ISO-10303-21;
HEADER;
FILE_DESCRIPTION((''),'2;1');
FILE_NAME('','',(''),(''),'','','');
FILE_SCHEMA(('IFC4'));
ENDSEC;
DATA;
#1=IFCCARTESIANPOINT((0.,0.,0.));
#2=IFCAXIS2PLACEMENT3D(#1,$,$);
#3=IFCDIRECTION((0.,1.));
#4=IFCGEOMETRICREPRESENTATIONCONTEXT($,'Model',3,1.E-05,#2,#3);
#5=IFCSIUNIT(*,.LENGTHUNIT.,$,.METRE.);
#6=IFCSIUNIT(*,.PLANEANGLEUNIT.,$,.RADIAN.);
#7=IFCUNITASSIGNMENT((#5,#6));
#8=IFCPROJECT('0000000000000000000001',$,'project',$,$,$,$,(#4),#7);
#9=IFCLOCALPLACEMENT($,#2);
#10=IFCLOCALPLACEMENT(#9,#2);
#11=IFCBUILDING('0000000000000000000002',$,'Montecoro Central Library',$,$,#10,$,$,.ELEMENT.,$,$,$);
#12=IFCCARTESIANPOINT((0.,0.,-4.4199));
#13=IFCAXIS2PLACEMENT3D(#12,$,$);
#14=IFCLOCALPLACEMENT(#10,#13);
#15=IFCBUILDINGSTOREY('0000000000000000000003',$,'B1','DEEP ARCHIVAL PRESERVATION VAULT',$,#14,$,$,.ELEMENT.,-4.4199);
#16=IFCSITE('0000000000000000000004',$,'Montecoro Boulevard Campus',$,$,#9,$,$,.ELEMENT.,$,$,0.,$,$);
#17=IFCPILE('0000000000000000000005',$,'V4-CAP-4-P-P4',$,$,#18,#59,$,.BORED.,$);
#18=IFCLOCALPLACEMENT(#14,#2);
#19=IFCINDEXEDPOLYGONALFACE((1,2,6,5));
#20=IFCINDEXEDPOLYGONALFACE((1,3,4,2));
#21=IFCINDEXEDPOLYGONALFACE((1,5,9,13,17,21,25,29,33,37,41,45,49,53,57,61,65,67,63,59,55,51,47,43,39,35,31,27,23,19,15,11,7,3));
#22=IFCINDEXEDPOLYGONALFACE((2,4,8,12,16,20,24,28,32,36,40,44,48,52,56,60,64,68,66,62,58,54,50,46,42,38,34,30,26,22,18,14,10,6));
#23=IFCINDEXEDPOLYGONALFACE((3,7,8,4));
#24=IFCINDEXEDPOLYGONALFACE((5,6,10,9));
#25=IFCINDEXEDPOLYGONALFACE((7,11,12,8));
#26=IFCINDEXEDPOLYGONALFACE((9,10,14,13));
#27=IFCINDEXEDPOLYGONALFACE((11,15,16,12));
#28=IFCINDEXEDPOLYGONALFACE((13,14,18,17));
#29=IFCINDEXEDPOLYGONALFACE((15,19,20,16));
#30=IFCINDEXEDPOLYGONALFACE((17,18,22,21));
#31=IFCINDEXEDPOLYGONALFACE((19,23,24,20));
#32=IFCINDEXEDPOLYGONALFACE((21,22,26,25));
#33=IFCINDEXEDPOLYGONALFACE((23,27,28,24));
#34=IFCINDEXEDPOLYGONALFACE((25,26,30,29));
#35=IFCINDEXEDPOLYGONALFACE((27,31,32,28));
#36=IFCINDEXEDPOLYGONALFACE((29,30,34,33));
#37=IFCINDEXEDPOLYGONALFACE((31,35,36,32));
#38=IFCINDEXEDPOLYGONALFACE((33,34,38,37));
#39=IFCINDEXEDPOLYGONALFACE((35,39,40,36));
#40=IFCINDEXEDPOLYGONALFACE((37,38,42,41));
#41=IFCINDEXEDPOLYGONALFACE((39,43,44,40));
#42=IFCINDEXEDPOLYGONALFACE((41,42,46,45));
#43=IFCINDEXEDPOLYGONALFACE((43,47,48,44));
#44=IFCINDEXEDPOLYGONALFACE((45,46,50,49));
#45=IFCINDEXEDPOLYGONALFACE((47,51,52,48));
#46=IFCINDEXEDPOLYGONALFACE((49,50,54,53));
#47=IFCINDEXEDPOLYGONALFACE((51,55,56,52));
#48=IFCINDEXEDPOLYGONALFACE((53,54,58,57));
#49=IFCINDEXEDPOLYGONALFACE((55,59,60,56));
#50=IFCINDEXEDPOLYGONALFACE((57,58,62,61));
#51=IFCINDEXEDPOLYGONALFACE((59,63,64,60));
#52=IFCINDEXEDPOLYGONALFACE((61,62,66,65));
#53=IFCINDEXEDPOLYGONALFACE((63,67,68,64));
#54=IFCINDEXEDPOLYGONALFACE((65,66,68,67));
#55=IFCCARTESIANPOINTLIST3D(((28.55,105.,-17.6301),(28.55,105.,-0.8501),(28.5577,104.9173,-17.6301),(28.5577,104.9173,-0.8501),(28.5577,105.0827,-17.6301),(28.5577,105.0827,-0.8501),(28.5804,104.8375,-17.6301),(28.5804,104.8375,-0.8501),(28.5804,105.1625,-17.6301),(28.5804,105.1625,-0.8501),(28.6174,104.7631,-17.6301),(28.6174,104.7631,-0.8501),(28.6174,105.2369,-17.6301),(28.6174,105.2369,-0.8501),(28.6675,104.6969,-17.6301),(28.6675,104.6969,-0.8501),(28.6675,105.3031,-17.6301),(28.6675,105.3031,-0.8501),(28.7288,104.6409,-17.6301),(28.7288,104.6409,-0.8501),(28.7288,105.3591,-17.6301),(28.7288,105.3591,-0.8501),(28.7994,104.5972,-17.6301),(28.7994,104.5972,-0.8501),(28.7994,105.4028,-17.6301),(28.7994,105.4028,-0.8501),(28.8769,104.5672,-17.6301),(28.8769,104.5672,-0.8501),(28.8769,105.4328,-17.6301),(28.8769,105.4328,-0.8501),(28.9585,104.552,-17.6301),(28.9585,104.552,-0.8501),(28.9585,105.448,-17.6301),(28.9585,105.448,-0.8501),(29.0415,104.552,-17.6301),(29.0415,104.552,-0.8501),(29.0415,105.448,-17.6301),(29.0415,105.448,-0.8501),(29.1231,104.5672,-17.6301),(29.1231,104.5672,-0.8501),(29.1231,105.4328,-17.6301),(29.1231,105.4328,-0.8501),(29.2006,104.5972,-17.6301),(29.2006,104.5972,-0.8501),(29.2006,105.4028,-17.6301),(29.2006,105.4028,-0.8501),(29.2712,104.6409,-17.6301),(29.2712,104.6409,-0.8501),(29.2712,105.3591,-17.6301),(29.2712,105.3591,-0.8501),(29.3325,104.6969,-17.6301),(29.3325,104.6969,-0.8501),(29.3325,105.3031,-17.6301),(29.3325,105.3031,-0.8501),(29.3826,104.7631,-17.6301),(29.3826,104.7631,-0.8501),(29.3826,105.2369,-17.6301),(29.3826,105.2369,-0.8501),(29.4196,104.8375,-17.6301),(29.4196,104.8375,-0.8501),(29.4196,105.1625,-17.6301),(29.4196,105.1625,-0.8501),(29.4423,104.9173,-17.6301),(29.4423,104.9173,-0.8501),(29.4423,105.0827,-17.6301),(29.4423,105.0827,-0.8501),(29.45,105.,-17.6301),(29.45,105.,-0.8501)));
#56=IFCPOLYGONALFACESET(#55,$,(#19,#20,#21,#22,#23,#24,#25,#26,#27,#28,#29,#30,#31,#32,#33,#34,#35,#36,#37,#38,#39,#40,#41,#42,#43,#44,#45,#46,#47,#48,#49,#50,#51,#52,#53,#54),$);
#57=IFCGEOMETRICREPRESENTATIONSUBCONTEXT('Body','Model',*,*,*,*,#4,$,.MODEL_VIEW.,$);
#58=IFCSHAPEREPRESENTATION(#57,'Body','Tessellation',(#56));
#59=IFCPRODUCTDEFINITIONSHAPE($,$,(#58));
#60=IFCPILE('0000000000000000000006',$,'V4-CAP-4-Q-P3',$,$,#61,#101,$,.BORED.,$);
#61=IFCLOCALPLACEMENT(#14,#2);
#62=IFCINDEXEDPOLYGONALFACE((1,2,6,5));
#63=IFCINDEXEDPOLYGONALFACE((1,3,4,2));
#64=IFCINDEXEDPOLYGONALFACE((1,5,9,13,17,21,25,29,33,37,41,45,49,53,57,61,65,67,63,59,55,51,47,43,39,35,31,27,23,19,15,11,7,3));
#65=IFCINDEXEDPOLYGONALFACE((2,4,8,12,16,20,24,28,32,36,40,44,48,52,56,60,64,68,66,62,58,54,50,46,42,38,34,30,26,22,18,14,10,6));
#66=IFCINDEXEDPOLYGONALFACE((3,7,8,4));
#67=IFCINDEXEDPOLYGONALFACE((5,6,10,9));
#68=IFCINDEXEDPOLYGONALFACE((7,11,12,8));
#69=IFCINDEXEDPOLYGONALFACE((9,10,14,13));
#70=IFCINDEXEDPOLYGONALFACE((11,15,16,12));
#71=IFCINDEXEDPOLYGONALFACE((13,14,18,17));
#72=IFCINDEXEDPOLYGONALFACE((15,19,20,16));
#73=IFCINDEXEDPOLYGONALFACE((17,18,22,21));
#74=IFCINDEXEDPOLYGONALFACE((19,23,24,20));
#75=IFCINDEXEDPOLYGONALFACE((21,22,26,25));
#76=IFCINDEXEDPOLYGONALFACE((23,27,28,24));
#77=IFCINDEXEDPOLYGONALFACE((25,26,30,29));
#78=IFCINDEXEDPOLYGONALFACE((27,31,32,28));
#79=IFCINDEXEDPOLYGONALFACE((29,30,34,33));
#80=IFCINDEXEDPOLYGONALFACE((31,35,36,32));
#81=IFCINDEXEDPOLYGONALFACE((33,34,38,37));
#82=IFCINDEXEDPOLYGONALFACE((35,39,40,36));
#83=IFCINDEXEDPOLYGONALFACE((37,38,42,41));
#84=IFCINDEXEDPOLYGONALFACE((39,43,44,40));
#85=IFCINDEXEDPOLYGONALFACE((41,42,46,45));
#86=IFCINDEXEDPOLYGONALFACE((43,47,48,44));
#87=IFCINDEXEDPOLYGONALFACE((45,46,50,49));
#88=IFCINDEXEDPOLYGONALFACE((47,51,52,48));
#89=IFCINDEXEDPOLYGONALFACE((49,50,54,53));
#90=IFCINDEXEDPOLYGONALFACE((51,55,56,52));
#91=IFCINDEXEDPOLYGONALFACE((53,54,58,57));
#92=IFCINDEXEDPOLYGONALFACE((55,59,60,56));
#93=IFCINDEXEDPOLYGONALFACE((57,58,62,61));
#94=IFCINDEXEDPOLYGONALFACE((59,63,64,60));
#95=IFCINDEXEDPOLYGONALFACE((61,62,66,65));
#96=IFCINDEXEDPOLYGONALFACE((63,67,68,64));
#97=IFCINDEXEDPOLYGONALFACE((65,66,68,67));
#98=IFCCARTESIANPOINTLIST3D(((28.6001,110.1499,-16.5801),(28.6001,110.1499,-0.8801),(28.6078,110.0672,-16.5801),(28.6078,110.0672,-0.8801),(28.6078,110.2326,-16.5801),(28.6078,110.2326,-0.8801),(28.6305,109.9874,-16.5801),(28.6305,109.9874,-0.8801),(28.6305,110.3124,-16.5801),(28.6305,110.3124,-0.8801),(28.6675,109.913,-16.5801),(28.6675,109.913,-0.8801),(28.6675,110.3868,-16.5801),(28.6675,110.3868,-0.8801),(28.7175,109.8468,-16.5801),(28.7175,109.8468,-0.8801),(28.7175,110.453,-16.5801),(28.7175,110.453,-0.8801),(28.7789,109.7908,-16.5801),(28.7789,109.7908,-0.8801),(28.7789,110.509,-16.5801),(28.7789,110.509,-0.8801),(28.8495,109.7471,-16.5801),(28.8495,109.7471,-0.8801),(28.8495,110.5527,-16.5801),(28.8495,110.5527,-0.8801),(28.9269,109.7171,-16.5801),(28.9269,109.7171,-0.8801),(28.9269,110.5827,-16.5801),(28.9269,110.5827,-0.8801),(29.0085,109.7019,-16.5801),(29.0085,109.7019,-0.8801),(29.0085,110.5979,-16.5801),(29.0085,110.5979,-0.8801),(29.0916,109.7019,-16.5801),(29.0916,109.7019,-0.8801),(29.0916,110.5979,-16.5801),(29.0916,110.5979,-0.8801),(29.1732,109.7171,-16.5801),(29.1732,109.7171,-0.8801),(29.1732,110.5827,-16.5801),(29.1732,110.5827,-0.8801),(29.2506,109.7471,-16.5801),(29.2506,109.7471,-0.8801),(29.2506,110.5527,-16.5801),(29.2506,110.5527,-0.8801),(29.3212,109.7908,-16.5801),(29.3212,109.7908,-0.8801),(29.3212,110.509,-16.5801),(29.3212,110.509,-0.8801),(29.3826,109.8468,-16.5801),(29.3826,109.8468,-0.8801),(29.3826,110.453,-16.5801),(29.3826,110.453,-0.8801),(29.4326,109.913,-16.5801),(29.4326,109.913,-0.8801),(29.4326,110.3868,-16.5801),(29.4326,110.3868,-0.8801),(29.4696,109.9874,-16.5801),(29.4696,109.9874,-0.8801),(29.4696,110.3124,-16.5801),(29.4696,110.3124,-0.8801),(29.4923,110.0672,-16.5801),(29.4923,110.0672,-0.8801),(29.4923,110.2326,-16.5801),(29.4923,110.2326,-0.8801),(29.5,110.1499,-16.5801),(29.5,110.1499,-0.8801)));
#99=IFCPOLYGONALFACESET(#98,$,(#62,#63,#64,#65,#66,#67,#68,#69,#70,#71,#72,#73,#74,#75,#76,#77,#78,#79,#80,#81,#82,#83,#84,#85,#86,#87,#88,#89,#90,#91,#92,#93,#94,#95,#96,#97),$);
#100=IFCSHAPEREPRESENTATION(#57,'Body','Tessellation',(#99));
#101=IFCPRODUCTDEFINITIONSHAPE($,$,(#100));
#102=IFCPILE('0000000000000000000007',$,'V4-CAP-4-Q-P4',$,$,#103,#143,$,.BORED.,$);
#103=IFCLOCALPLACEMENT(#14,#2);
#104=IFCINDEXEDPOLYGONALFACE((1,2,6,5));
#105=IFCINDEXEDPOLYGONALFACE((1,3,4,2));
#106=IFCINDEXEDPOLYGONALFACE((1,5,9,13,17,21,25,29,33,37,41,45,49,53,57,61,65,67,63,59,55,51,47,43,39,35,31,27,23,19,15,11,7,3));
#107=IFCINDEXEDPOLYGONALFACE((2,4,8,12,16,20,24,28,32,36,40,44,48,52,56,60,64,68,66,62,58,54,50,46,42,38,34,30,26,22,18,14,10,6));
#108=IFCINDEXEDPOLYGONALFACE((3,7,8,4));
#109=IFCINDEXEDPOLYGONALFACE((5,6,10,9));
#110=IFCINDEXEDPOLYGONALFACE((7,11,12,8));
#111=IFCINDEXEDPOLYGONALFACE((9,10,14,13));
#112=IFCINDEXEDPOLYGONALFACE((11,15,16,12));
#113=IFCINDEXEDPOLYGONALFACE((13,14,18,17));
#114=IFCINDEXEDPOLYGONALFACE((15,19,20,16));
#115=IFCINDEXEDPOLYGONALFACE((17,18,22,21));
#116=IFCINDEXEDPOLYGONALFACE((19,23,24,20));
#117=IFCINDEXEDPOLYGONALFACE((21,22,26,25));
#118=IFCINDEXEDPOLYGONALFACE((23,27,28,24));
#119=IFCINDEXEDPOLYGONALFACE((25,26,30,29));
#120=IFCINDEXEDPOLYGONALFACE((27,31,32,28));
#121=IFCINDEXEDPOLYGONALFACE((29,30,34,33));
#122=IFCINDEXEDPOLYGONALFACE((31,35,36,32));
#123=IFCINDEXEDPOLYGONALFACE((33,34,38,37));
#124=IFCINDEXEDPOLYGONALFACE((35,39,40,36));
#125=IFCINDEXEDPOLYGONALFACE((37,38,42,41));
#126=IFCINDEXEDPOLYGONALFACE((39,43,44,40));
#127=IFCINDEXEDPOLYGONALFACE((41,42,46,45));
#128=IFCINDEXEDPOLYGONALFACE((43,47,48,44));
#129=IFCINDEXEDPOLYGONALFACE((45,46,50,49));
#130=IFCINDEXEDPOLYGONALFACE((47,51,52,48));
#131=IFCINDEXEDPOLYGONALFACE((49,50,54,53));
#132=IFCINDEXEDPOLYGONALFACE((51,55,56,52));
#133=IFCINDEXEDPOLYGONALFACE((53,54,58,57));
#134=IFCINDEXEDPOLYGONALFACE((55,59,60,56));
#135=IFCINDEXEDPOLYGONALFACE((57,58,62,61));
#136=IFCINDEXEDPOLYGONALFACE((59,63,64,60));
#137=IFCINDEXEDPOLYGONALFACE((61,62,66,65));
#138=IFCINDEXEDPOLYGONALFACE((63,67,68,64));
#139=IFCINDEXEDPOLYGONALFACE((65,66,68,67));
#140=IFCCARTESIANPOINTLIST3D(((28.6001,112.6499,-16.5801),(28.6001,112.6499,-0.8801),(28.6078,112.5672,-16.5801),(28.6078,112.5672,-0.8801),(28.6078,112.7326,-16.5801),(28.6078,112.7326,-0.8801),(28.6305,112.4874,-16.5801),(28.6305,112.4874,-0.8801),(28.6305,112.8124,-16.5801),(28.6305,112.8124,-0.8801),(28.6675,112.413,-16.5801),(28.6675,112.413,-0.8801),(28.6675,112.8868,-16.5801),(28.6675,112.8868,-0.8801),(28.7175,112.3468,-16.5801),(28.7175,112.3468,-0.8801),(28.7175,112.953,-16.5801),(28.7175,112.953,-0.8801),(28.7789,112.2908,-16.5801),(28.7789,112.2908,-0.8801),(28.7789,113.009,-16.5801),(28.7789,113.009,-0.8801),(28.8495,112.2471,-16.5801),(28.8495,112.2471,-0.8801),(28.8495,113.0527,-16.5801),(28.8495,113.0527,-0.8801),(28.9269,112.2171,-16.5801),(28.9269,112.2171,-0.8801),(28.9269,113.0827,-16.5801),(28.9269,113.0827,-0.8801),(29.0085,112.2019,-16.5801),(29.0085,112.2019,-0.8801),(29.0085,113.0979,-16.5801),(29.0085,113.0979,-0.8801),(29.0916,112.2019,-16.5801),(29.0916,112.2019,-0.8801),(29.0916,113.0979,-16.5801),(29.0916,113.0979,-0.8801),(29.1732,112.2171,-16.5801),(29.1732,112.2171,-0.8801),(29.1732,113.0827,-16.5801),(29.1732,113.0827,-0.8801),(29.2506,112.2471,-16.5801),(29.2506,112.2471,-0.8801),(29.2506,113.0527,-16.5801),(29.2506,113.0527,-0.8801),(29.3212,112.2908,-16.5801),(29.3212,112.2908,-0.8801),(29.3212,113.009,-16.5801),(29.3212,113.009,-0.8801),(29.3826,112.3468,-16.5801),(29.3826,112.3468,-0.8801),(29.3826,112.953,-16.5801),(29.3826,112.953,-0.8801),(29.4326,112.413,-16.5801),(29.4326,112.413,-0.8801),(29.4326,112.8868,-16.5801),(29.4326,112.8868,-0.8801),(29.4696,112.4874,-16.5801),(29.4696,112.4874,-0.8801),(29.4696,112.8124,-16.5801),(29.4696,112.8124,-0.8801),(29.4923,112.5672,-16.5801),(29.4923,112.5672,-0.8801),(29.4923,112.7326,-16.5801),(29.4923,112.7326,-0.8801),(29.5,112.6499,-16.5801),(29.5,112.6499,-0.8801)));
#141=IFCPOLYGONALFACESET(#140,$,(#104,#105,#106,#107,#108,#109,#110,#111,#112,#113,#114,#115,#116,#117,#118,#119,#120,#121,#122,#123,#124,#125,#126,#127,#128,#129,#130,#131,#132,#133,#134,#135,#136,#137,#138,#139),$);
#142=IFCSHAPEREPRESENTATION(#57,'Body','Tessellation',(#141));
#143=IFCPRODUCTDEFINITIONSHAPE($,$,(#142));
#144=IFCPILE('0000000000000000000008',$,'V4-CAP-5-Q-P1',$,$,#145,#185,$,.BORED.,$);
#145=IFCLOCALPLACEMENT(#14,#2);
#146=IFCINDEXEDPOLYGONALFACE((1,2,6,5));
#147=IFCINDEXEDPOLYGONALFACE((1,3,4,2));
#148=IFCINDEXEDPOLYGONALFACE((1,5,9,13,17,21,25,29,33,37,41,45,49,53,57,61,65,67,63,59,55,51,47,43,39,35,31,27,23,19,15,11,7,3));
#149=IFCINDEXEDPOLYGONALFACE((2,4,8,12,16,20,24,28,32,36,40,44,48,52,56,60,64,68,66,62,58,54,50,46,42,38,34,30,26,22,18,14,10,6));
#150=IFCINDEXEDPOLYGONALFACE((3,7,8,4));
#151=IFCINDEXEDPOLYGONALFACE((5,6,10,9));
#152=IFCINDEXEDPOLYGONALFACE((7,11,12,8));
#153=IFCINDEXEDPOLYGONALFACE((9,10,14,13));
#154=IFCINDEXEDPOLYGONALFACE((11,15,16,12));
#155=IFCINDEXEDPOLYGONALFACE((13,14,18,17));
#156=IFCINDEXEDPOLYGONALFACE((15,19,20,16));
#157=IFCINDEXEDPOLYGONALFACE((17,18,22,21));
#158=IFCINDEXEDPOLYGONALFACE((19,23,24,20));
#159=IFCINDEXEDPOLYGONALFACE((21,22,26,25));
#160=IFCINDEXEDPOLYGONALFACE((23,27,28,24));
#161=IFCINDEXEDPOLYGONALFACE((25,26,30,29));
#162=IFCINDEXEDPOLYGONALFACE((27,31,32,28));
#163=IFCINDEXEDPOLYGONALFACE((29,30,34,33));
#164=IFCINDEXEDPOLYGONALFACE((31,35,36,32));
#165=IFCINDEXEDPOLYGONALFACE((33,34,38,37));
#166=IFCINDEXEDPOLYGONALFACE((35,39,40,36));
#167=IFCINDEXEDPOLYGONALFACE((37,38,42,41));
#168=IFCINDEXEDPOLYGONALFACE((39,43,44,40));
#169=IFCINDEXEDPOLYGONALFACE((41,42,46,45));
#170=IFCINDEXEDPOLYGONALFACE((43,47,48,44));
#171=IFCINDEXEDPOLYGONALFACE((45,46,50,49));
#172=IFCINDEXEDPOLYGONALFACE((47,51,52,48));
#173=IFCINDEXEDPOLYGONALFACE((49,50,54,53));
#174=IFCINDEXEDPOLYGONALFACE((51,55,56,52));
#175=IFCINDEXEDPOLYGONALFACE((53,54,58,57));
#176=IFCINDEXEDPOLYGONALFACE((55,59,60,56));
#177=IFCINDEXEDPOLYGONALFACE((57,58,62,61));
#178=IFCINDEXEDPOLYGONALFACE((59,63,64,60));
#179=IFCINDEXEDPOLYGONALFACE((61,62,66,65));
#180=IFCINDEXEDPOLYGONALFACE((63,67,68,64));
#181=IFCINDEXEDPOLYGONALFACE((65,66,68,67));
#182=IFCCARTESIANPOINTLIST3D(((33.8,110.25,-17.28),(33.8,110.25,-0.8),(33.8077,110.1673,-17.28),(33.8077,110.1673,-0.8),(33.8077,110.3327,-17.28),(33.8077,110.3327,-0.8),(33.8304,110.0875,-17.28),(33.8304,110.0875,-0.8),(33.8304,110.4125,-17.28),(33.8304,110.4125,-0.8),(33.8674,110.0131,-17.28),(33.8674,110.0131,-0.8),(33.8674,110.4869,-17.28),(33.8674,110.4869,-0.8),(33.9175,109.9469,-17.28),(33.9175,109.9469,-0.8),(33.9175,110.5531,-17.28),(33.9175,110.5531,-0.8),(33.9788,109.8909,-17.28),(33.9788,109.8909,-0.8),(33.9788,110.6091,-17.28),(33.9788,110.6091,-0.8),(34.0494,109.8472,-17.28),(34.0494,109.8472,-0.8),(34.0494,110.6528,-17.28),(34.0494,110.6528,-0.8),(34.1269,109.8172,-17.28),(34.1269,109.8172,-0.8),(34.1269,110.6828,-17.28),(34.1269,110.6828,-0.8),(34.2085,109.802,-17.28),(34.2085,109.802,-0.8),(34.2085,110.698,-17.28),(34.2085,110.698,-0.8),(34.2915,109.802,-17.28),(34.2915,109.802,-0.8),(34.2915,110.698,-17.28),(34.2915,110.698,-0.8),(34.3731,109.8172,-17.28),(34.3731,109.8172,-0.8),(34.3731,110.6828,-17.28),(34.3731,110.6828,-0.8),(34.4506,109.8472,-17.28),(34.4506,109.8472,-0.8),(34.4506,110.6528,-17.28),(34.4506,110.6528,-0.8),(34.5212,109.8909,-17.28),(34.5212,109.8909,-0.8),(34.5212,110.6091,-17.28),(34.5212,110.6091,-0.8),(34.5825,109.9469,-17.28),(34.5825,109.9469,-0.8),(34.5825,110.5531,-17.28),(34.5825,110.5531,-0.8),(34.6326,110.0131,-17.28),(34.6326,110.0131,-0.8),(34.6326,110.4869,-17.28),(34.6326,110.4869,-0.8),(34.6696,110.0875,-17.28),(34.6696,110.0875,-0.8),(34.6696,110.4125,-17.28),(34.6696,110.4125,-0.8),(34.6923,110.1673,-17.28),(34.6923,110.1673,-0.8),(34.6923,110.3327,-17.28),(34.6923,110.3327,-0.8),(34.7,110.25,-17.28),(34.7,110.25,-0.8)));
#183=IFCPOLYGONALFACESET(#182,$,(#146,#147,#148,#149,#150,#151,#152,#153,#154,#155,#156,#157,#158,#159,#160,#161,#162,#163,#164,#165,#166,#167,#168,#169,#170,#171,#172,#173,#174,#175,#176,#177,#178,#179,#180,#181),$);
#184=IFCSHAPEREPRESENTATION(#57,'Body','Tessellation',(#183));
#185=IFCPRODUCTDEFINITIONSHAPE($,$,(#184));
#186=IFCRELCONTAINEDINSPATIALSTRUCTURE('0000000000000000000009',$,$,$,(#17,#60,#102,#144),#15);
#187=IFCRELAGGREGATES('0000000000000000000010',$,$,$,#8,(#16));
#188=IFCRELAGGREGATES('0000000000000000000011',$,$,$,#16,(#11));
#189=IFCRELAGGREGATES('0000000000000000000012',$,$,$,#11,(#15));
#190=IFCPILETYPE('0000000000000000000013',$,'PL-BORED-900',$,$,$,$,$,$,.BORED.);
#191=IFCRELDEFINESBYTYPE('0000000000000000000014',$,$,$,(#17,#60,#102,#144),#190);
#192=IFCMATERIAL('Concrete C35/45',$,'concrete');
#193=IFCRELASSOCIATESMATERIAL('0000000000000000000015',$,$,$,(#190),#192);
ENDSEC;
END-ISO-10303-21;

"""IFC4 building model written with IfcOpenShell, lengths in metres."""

from ifc_helpers import new_model, si_unit, direction, frame, origin, origin_2d, place, context, subcontext, project, spatial, circle, extrude, material, material_profile, profile_set, type_object, element, save


model = new_model("IFC4")

# Units and contexts
model_context = context("Model", 3, precision=1e-05, world=origin(), true_north=direction((0.0, 1.0)))
body_context = subcontext(model_context, "Body", "Model", "MODEL_VIEW")
ifc_project = project(units=[si_unit("LENGTHUNIT", "METRE"), si_unit("PLANEANGLEUNIT", "RADIAN")], contexts=[model_context])

# Site, building, storey
site_placement = place(None, origin())
site = spatial("IfcSite", under=ifc_project, at=site_placement, Name="Montecoro Boulevard Campus", CompositionType="ELEMENT", RefElevation=0.0)
building_placement = place(site_placement, origin())
building = spatial("IfcBuilding", under=site, at=building_placement, Name="Montecoro Central Library", CompositionType="ELEMENT")
storey_placement = place(building_placement, frame((0.0, 0.0, -4.4199)))
storey = spatial("IfcBuildingStorey", under=building, at=storey_placement, Name="B1", Description="DEEP ARCHIVAL PRESERVATION VAULT", CompositionType="ELEMENT", Elevation=-4.4199)

# Shared definitions
ifc_material_1 = material(Name="Concrete C35/45", Category="concrete")

# Piles
ifc_material_profile_1 = material_profile(ifc_material_1, circle(Radius=0.45, at=origin_2d()), Name="PILE D900")
ifc_profile_set_1 = profile_set([ifc_material_profile_1], Name="Concrete C35/45")
pile_type_1 = type_object("IfcPileType", Name="PL-BORED-900", PredefinedType="BORED", material=ifc_profile_set_1)
pile_placement = place(storey_placement, frame((29.0, 105.0, -0.8501), z_axis=(0.0, 0.0, -1.0), x_axis=(1.0, 0.0, 0.0)))
element("IfcPile", 1, at=pile_placement, inside=storey, type_object=pile_type_1, Name="V4-CAP-4-P-P4", PredefinedType="BORED", context=body_context, shape_type="SweptSolid", body=[
    extrude(circle(Radius=0.45, at=origin_2d()), origin(), (0.0, 0.0, 1.0), 16.78),
])
for number, where, z_axis, x_axis, name in (
    (2, (29.05, 110.1499, -0.8801), (0.0, 0.0, -1.0), (1.0, 0.0, 0.0), "V4-CAP-4-Q-P3"),
    (3, (29.05, 112.6499, -0.8801), (0.0, 0.0, -1.0), (1.0, 0.0, 0.0), "V4-CAP-4-Q-P4"),
):
    element("IfcPile", number, at=place(storey_placement, frame(where, z_axis=z_axis, x_axis=x_axis)), inside=storey, type_object=pile_type_1, Name=name, PredefinedType="BORED", context=body_context, shape_type="SweptSolid", body=[
        extrude(circle(Radius=0.45, at=origin_2d()), origin(), (0.0, 0.0, 1.0), 15.7),
    ])
for number, where, z_axis, x_axis, name in (
    (4, (34.25, 110.25, -0.8), (0.0, 0.0, -1.0), (1.0, 0.0, 0.0), "V4-CAP-5-Q-P1"),
):
    element("IfcPile", number, at=place(storey_placement, frame(where, z_axis=z_axis, x_axis=x_axis)), inside=storey, type_object=pile_type_1, Name=name, PredefinedType="BORED", context=body_context, shape_type="SweptSolid", body=[
        extrude(circle(Radius=0.45, at=origin_2d()), origin(), (0.0, 0.0, 1.0), 16.48),
    ])

save(model, "model.ifc")
